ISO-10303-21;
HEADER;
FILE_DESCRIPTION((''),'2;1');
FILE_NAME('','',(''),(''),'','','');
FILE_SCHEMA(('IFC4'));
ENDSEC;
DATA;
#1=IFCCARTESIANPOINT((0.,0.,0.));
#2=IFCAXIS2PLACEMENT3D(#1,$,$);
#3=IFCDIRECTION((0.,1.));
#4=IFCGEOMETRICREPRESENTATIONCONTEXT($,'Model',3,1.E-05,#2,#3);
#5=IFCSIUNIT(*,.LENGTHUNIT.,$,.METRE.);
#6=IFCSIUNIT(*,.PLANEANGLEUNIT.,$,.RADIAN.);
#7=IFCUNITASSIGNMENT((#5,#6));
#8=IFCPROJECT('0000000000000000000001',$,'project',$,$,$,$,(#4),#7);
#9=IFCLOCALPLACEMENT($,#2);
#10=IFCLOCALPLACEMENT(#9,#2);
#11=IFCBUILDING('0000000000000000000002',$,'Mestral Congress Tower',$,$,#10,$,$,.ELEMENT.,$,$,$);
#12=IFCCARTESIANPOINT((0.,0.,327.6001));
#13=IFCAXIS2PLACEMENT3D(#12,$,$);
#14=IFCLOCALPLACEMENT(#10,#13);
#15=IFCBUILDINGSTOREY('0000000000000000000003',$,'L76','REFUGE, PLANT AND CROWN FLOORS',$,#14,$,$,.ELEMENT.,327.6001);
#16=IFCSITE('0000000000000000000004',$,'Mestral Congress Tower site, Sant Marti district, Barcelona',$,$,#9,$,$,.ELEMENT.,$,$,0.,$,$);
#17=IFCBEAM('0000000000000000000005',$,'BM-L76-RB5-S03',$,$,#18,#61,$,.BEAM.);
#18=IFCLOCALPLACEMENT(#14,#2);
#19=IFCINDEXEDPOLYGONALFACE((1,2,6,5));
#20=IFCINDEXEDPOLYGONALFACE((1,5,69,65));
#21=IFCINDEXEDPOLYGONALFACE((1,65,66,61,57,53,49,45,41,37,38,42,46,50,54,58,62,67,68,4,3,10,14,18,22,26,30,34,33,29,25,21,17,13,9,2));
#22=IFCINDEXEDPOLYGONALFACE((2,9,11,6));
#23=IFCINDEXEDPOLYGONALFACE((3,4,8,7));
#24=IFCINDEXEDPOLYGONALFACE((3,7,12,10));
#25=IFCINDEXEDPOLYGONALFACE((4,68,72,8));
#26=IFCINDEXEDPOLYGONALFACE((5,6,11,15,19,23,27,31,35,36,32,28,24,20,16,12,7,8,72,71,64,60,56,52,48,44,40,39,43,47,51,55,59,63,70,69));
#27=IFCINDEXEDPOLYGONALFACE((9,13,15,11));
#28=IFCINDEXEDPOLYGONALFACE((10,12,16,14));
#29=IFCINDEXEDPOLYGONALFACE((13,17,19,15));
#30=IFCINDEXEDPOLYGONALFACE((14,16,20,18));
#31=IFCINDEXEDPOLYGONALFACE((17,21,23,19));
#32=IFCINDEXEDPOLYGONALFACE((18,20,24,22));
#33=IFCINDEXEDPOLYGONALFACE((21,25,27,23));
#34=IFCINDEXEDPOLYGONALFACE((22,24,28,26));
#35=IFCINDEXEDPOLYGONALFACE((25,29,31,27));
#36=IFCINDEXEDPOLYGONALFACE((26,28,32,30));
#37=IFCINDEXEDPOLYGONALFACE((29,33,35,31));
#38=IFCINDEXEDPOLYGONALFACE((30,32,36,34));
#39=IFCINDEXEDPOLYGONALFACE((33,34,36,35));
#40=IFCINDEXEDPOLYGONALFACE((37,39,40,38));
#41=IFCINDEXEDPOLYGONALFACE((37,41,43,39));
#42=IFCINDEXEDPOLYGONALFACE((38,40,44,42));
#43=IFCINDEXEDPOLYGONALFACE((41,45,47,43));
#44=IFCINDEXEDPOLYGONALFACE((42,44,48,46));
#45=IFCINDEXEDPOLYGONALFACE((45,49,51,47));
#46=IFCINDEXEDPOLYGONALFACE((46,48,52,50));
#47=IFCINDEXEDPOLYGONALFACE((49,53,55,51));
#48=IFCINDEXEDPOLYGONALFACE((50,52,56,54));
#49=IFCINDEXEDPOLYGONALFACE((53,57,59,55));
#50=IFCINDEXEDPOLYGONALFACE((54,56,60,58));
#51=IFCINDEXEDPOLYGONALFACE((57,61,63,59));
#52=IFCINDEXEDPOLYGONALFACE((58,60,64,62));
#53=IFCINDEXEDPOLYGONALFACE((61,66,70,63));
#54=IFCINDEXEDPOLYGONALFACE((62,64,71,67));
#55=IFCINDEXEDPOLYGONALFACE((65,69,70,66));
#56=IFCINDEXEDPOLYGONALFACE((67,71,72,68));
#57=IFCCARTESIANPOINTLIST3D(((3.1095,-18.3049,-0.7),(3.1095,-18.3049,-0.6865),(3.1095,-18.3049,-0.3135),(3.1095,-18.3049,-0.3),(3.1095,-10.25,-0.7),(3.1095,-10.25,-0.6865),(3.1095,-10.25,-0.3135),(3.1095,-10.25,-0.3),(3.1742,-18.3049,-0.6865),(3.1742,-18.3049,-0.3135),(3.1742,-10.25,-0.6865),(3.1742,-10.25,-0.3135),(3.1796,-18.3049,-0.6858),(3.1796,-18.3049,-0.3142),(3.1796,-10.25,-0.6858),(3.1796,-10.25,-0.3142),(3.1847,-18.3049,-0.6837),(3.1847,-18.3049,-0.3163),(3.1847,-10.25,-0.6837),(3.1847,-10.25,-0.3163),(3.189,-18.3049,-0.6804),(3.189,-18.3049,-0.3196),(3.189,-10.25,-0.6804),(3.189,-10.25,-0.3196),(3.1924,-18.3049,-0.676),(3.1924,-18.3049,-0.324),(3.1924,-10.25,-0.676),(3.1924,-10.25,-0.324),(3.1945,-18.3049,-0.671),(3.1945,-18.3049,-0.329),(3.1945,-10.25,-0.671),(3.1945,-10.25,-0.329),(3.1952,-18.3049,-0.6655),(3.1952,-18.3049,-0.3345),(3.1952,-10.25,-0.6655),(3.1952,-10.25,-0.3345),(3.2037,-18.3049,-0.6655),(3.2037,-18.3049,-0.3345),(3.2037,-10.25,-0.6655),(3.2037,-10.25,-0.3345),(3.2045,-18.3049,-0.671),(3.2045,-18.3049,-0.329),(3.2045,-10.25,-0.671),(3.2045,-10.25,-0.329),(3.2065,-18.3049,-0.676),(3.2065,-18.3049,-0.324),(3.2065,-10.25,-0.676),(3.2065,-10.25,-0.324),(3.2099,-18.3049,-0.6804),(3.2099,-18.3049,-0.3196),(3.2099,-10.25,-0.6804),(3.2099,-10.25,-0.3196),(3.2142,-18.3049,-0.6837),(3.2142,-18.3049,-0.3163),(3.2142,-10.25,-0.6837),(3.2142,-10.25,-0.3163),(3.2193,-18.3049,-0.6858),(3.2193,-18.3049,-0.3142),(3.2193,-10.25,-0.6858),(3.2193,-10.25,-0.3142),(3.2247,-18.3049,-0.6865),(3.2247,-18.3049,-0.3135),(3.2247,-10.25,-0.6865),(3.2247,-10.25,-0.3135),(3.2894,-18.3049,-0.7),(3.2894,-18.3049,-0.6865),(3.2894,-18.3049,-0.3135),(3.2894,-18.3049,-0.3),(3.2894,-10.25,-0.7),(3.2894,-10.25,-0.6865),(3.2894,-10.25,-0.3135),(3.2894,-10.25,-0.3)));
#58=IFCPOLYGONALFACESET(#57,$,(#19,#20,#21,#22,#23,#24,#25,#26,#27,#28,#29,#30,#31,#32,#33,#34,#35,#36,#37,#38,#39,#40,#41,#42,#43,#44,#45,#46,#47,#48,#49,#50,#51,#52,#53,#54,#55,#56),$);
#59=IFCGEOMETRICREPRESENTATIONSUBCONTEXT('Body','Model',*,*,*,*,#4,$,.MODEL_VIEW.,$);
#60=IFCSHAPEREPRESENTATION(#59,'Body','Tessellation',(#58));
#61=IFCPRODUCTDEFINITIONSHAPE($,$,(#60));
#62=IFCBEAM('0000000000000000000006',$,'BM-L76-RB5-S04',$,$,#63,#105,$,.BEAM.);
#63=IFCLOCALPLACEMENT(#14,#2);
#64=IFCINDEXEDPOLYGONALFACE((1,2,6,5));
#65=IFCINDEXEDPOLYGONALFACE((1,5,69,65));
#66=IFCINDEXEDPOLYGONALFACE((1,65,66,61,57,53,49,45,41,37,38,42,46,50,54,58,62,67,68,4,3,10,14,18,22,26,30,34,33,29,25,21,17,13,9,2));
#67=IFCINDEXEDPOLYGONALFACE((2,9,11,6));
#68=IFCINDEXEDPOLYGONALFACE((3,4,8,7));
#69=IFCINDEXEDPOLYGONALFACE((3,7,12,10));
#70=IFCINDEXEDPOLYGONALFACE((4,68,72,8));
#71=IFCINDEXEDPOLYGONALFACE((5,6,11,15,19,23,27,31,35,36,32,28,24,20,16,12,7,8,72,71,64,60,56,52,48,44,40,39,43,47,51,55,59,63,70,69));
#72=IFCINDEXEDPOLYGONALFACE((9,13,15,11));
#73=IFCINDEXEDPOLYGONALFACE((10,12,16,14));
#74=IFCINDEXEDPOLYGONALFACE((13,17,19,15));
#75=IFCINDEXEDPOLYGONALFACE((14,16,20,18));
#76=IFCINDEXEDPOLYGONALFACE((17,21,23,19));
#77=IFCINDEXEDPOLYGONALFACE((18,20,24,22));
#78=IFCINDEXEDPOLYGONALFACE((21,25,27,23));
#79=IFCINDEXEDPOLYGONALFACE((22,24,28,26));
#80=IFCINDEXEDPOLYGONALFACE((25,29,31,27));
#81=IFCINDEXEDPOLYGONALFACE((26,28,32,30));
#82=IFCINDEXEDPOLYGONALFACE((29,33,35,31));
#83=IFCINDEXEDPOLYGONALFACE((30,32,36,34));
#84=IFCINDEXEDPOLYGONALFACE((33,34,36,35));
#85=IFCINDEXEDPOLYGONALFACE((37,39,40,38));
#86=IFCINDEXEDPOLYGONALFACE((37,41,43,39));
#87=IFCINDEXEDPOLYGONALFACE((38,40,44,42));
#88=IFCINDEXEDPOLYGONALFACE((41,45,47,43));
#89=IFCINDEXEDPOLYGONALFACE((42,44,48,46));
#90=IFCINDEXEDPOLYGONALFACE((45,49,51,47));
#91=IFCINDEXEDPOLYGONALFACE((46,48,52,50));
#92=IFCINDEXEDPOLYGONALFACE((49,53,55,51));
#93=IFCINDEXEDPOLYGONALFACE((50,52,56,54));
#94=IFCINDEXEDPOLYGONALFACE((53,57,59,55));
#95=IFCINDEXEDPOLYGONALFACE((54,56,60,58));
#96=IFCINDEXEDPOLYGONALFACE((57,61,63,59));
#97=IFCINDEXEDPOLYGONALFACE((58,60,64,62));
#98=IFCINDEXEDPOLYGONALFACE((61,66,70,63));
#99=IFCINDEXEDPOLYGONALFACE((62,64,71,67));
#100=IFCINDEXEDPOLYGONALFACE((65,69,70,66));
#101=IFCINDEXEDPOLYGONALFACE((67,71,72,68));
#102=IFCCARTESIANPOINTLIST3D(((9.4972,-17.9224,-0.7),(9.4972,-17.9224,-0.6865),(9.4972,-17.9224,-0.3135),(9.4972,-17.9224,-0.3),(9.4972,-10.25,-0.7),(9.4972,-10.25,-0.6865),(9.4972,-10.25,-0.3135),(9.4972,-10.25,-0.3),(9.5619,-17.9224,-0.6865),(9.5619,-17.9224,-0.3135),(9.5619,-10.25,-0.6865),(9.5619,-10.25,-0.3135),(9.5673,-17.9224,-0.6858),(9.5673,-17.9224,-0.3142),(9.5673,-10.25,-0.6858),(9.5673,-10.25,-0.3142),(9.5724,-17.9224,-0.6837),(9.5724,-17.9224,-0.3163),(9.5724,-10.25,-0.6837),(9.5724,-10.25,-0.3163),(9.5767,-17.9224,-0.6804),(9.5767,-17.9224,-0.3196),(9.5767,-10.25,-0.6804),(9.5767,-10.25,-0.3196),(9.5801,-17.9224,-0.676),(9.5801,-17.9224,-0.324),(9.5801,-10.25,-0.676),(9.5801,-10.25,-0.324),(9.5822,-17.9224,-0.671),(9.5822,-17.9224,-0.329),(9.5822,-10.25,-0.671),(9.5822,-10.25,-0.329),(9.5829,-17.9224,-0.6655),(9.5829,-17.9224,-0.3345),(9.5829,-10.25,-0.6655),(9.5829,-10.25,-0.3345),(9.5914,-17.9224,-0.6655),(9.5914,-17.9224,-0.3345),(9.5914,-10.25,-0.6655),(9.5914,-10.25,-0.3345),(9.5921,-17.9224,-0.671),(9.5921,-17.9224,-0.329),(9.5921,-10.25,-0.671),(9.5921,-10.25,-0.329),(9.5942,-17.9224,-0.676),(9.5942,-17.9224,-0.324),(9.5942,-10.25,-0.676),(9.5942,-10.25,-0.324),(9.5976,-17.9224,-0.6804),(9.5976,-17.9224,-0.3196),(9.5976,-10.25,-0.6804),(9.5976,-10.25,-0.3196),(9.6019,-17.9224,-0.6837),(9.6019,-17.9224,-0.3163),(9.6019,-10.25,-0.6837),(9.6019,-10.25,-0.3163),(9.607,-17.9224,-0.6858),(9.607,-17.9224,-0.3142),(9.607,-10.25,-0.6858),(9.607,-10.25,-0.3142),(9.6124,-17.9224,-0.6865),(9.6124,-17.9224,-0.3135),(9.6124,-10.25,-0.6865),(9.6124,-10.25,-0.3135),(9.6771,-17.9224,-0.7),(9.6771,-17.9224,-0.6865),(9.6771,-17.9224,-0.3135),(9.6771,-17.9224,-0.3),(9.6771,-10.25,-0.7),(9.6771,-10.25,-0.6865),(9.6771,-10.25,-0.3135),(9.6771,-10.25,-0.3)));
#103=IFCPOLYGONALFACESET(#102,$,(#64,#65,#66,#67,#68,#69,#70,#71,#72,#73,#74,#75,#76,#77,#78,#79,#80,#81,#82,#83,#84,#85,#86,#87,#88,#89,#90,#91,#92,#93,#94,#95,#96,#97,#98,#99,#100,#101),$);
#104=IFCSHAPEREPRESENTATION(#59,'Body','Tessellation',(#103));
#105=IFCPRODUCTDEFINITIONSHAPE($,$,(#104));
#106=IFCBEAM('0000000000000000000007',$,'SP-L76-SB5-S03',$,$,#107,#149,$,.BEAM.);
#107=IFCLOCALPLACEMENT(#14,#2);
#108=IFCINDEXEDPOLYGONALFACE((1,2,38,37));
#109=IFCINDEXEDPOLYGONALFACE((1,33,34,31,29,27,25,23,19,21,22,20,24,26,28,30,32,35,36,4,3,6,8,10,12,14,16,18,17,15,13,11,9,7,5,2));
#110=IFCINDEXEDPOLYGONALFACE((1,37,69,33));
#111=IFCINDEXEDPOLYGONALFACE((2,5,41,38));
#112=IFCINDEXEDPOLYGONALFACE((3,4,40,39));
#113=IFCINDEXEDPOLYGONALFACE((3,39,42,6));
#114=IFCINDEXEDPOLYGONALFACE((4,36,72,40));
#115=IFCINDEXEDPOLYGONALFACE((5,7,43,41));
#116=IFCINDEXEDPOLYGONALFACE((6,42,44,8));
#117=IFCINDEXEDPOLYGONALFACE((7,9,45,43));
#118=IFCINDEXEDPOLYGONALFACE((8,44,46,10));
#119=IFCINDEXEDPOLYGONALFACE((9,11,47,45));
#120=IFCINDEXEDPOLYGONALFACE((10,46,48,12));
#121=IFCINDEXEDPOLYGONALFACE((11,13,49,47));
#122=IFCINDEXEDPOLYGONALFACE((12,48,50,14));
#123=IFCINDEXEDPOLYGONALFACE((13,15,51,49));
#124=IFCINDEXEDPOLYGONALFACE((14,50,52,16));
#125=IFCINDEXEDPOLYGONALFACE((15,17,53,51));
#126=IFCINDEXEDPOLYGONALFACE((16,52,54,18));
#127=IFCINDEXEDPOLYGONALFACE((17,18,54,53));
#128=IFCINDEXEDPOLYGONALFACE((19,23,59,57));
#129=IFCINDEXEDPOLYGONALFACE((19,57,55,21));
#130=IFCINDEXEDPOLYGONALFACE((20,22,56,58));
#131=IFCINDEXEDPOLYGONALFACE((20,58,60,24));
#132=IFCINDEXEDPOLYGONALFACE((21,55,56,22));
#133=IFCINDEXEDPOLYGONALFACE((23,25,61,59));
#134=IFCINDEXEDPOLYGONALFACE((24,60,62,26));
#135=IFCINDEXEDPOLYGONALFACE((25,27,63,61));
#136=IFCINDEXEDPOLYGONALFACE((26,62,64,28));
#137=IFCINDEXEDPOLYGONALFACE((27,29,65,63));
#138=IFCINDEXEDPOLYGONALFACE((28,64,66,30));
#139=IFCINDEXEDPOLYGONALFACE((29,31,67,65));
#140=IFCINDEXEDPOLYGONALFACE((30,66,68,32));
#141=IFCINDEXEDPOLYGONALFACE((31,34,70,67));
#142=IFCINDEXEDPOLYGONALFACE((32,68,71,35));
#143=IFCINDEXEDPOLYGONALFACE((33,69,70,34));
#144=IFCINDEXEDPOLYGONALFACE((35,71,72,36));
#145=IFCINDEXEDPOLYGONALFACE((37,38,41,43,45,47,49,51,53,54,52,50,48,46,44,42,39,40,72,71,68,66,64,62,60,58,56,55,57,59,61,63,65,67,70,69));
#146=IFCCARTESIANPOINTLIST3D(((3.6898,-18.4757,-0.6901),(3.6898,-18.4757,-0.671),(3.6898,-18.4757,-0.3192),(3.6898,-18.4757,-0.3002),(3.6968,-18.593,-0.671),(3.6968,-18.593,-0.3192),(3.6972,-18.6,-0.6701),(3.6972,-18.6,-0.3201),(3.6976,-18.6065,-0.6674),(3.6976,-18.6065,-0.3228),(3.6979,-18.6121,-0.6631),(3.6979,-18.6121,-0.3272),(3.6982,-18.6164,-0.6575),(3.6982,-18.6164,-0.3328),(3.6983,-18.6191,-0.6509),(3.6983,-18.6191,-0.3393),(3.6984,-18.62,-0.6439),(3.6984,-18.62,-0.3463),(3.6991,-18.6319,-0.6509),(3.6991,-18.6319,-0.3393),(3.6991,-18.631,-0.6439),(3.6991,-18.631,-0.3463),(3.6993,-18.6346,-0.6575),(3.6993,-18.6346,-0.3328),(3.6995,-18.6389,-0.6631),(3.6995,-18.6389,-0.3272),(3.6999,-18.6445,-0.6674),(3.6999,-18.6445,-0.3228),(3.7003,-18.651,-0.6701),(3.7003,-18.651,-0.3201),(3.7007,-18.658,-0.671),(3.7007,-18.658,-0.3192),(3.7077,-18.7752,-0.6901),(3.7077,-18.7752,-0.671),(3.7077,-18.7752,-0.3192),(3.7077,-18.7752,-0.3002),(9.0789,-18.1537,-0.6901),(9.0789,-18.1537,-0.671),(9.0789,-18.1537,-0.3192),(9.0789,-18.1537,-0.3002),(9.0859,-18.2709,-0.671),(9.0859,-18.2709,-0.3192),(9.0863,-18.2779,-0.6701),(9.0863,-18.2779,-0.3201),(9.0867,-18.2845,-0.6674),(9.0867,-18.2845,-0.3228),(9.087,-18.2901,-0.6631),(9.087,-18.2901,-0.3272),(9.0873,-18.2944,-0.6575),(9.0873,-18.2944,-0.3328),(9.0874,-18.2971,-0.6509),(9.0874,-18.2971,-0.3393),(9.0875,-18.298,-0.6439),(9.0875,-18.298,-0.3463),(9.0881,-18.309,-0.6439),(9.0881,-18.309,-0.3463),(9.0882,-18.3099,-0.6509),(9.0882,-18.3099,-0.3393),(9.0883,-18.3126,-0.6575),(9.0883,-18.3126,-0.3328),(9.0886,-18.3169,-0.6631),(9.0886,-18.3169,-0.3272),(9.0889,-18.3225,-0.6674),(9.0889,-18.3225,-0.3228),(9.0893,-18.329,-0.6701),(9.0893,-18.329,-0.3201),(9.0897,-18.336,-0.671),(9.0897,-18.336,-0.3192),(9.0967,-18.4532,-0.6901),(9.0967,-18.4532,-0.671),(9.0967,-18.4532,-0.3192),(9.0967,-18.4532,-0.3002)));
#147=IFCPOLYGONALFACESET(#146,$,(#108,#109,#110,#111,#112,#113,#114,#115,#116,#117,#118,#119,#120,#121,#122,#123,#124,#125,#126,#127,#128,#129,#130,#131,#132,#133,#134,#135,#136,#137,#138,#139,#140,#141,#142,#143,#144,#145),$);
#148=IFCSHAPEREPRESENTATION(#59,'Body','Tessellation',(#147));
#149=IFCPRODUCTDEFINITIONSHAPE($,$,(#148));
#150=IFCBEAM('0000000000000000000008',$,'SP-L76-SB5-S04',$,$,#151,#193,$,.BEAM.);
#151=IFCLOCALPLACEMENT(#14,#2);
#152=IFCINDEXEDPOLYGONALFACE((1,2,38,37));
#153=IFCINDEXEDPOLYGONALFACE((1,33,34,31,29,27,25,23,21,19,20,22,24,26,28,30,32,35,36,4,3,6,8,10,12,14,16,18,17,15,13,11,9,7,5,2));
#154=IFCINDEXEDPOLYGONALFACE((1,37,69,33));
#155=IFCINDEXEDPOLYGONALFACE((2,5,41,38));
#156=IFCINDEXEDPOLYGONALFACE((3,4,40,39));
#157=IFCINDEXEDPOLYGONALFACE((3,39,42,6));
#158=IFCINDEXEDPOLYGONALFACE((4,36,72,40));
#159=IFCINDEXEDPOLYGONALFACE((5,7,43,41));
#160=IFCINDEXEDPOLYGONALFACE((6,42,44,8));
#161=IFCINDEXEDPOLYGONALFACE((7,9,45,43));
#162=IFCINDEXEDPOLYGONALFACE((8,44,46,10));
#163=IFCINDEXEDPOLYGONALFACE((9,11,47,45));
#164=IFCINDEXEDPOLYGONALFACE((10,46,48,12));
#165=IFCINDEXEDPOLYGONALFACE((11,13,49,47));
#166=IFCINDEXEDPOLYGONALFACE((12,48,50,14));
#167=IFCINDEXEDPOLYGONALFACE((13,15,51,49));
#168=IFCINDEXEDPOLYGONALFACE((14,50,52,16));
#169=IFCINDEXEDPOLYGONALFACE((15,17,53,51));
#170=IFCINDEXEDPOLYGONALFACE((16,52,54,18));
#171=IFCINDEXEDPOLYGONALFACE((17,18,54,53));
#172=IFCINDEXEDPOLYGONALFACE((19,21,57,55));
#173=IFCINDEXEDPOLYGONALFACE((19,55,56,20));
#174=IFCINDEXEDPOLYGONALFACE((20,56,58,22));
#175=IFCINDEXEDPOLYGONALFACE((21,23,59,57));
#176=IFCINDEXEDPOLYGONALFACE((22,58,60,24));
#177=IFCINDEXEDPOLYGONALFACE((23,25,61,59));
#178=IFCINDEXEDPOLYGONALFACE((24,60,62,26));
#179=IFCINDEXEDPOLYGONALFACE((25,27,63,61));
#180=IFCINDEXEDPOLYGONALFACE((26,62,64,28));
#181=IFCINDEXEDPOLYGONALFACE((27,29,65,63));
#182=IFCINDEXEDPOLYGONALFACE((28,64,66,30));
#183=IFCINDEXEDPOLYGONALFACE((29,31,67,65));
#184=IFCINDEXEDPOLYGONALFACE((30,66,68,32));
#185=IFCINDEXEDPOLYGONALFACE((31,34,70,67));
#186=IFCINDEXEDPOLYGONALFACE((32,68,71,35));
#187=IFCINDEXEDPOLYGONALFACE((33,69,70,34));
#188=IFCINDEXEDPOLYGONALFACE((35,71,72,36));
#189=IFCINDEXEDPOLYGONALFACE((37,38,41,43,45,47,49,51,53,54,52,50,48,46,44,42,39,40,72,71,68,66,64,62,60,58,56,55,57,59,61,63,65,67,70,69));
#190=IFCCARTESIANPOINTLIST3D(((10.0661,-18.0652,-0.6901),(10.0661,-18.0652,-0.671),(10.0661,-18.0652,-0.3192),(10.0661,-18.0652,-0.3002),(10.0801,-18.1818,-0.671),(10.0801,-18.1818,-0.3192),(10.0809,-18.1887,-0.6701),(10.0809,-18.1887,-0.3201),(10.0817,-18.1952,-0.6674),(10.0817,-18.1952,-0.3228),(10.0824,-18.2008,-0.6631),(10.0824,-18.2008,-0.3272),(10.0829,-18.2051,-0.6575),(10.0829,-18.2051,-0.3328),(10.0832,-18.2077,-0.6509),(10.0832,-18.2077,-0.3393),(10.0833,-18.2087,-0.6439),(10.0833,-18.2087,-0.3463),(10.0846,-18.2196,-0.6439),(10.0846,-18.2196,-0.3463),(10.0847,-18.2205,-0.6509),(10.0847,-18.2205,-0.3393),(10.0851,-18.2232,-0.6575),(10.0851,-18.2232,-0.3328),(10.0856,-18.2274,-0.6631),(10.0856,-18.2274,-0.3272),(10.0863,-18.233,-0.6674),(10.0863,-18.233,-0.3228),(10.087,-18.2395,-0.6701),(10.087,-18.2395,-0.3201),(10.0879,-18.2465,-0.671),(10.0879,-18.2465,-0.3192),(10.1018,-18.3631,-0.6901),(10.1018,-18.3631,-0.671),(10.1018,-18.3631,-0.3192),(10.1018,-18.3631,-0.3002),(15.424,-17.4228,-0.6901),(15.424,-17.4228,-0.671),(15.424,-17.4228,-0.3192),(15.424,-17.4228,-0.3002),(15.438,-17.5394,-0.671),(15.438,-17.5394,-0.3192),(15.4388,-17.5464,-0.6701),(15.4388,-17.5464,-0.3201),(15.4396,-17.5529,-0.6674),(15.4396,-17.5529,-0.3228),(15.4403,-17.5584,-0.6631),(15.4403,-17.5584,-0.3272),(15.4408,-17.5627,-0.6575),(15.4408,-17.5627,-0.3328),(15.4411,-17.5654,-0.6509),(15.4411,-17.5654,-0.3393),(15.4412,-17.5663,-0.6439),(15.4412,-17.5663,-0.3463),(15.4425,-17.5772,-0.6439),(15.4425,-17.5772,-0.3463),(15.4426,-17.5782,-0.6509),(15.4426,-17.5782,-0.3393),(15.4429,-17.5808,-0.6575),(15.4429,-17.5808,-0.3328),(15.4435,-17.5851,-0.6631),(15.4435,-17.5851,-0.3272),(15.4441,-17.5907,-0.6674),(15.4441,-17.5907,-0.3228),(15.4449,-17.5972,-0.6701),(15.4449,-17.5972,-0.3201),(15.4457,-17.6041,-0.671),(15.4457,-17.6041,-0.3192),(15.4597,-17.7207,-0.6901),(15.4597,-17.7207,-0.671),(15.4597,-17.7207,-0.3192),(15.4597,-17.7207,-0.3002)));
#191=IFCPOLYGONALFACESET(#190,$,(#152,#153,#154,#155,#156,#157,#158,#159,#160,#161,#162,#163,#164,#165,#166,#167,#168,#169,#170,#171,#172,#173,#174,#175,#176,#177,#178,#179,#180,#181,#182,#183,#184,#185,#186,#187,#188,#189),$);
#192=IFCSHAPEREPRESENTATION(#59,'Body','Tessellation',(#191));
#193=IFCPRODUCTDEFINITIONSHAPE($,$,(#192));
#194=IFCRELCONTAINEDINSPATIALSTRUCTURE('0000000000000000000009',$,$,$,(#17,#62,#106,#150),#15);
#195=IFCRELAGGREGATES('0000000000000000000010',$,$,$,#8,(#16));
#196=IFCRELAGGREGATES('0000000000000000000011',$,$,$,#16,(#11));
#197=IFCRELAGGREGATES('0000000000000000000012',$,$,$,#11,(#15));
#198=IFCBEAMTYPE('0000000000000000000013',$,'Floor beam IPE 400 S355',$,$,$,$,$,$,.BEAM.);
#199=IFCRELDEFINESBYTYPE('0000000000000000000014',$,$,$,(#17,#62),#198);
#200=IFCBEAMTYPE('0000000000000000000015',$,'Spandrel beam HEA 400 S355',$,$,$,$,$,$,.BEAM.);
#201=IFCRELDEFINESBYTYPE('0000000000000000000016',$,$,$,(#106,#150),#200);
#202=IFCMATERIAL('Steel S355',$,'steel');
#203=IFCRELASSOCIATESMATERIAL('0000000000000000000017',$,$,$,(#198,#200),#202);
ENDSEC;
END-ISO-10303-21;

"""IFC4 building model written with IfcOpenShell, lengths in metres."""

from ifc_helpers import new_model, si_unit, direction, frame, origin, origin_2d, place, context, subcontext, project, spatial, i_section, extrude, material, material_profile, profile_set, type_object, element, save


model = new_model("IFC4")

# Units and contexts
model_context = context("Model", 3, precision=1e-05, world=origin(), true_north=direction((0.0, 1.0)))
body_context = subcontext(model_context, "Body", "Model", "MODEL_VIEW")
ifc_project = project(units=[si_unit("LENGTHUNIT", "METRE"), si_unit("PLANEANGLEUNIT", "RADIAN")], contexts=[model_context])

# Site, building, storey
site_placement = place(None, origin())
site = spatial("IfcSite", under=ifc_project, at=site_placement, Name="Mestral Congress Tower site, Sant Marti district, Barcelona", CompositionType="ELEMENT", RefElevation=0.0)
building_placement = place(site_placement, origin())
building = spatial("IfcBuilding", under=site, at=building_placement, Name="Mestral Congress Tower", CompositionType="ELEMENT")
storey_placement = place(building_placement, frame((0.0, 0.0, 327.6001)))
storey = spatial("IfcBuildingStorey", under=building, at=storey_placement, Name="L76", Description="REFUGE, PLANT AND CROWN FLOORS", CompositionType="ELEMENT", Elevation=327.6001)

# Shared definitions
ifc_material_1 = material(Name="Steel S355", Category="steel")

# Beams
ifc_material_profile_1 = material_profile(ifc_material_1, i_section(OverallWidth=0.1799, OverallDepth=0.3999, WebThickness=0.0085, FlangeThickness=0.0134, FilletRadius=0.021, at=origin_2d()), Name="IPE 400")
ifc_profile_set_1 = profile_set([ifc_material_profile_1], Name="Steel S355")
beam_type_1 = type_object("IfcBeamType", Name="Floor beam IPE 400 S355", PredefinedType="BEAM", material=ifc_profile_set_1)
beam_1_placement = place(storey_placement, frame((3.1995, -18.3049, -0.5), z_axis=(0.0, 1.0, 0.0), x_axis=(-1.0, 0.0, 0.0)))
element("IfcBeam", 1, at=beam_1_placement, inside=storey, type_object=beam_type_1, Name="BM-L76-RB5-S03", PredefinedType="BEAM", context=body_context, shape_type="SweptSolid", body=[
    extrude(i_section(OverallWidth=0.1799, OverallDepth=0.3999, WebThickness=0.0085, FlangeThickness=0.0134, FilletRadius=0.021, at=origin_2d()), origin(), (0.0, 0.0, 1.0), 8.0549),
])
beam_2_placement = place(storey_placement, frame((9.5872, -17.9224, -0.5), z_axis=(0.0, 1.0, 0.0), x_axis=(-1.0, 0.0, 0.0)))
element("IfcBeam", 2, at=beam_2_placement, inside=storey, type_object=beam_type_1, Name="BM-L76-RB5-S04", PredefinedType="BEAM", context=body_context, shape_type="SweptSolid", body=[
    extrude(i_section(OverallWidth=0.1799, OverallDepth=0.3999, WebThickness=0.0085, FlangeThickness=0.0134, FilletRadius=0.021, at=origin_2d()), origin(), (0.0, 0.0, 1.0), 7.6724),
])
ifc_material_profile_2 = material_profile(ifc_material_1, i_section(OverallWidth=0.3, OverallDepth=0.3899, WebThickness=0.011, FlangeThickness=0.019, FilletRadius=0.0271, at=origin_2d()), Name="HEA 400")
ifc_profile_set_2 = profile_set([ifc_material_profile_2], Name="Steel S355")
beam_type_2 = type_object("IfcBeamType", Name="Spandrel beam HEA 400 S355", PredefinedType="BEAM", material=ifc_profile_set_2)
beam_3_placement = place(storey_placement, frame((3.6987, -18.6255, -0.4951), z_axis=(0.99822, 0.059647, 0.0), x_axis=(-0.059647, 0.99822, 0.0)))
element("IfcBeam", 3, at=beam_3_placement, inside=storey, type_object=beam_type_2, Name="SP-L76-SB5-S03", PredefinedType="BEAM", context=body_context, shape_type="SweptSolid", body=[
    extrude(i_section(OverallWidth=0.3, OverallDepth=0.3899, WebThickness=0.011, FlangeThickness=0.019, FilletRadius=0.0271, at=origin_2d()), origin(), (0.0, 0.0, 1.0), 5.3987),
])
beam_4_placement = place(storey_placement, frame((10.084, -18.2141, -0.4951), z_axis=(0.99289, 0.119033, 0.0), x_axis=(-0.119033, 0.99289, 0.0)))
element("IfcBeam", 4, at=beam_4_placement, inside=storey, type_object=beam_type_2, Name="SP-L76-SB5-S04", PredefinedType="BEAM", context=body_context, shape_type="SweptSolid", body=[
    extrude(i_section(OverallWidth=0.3, OverallDepth=0.3899, WebThickness=0.011, FlangeThickness=0.019, FilletRadius=0.0271, at=origin_2d()), origin(), (0.0, 0.0, 1.0), 5.3962),
])

save(model, "model.ifc")
